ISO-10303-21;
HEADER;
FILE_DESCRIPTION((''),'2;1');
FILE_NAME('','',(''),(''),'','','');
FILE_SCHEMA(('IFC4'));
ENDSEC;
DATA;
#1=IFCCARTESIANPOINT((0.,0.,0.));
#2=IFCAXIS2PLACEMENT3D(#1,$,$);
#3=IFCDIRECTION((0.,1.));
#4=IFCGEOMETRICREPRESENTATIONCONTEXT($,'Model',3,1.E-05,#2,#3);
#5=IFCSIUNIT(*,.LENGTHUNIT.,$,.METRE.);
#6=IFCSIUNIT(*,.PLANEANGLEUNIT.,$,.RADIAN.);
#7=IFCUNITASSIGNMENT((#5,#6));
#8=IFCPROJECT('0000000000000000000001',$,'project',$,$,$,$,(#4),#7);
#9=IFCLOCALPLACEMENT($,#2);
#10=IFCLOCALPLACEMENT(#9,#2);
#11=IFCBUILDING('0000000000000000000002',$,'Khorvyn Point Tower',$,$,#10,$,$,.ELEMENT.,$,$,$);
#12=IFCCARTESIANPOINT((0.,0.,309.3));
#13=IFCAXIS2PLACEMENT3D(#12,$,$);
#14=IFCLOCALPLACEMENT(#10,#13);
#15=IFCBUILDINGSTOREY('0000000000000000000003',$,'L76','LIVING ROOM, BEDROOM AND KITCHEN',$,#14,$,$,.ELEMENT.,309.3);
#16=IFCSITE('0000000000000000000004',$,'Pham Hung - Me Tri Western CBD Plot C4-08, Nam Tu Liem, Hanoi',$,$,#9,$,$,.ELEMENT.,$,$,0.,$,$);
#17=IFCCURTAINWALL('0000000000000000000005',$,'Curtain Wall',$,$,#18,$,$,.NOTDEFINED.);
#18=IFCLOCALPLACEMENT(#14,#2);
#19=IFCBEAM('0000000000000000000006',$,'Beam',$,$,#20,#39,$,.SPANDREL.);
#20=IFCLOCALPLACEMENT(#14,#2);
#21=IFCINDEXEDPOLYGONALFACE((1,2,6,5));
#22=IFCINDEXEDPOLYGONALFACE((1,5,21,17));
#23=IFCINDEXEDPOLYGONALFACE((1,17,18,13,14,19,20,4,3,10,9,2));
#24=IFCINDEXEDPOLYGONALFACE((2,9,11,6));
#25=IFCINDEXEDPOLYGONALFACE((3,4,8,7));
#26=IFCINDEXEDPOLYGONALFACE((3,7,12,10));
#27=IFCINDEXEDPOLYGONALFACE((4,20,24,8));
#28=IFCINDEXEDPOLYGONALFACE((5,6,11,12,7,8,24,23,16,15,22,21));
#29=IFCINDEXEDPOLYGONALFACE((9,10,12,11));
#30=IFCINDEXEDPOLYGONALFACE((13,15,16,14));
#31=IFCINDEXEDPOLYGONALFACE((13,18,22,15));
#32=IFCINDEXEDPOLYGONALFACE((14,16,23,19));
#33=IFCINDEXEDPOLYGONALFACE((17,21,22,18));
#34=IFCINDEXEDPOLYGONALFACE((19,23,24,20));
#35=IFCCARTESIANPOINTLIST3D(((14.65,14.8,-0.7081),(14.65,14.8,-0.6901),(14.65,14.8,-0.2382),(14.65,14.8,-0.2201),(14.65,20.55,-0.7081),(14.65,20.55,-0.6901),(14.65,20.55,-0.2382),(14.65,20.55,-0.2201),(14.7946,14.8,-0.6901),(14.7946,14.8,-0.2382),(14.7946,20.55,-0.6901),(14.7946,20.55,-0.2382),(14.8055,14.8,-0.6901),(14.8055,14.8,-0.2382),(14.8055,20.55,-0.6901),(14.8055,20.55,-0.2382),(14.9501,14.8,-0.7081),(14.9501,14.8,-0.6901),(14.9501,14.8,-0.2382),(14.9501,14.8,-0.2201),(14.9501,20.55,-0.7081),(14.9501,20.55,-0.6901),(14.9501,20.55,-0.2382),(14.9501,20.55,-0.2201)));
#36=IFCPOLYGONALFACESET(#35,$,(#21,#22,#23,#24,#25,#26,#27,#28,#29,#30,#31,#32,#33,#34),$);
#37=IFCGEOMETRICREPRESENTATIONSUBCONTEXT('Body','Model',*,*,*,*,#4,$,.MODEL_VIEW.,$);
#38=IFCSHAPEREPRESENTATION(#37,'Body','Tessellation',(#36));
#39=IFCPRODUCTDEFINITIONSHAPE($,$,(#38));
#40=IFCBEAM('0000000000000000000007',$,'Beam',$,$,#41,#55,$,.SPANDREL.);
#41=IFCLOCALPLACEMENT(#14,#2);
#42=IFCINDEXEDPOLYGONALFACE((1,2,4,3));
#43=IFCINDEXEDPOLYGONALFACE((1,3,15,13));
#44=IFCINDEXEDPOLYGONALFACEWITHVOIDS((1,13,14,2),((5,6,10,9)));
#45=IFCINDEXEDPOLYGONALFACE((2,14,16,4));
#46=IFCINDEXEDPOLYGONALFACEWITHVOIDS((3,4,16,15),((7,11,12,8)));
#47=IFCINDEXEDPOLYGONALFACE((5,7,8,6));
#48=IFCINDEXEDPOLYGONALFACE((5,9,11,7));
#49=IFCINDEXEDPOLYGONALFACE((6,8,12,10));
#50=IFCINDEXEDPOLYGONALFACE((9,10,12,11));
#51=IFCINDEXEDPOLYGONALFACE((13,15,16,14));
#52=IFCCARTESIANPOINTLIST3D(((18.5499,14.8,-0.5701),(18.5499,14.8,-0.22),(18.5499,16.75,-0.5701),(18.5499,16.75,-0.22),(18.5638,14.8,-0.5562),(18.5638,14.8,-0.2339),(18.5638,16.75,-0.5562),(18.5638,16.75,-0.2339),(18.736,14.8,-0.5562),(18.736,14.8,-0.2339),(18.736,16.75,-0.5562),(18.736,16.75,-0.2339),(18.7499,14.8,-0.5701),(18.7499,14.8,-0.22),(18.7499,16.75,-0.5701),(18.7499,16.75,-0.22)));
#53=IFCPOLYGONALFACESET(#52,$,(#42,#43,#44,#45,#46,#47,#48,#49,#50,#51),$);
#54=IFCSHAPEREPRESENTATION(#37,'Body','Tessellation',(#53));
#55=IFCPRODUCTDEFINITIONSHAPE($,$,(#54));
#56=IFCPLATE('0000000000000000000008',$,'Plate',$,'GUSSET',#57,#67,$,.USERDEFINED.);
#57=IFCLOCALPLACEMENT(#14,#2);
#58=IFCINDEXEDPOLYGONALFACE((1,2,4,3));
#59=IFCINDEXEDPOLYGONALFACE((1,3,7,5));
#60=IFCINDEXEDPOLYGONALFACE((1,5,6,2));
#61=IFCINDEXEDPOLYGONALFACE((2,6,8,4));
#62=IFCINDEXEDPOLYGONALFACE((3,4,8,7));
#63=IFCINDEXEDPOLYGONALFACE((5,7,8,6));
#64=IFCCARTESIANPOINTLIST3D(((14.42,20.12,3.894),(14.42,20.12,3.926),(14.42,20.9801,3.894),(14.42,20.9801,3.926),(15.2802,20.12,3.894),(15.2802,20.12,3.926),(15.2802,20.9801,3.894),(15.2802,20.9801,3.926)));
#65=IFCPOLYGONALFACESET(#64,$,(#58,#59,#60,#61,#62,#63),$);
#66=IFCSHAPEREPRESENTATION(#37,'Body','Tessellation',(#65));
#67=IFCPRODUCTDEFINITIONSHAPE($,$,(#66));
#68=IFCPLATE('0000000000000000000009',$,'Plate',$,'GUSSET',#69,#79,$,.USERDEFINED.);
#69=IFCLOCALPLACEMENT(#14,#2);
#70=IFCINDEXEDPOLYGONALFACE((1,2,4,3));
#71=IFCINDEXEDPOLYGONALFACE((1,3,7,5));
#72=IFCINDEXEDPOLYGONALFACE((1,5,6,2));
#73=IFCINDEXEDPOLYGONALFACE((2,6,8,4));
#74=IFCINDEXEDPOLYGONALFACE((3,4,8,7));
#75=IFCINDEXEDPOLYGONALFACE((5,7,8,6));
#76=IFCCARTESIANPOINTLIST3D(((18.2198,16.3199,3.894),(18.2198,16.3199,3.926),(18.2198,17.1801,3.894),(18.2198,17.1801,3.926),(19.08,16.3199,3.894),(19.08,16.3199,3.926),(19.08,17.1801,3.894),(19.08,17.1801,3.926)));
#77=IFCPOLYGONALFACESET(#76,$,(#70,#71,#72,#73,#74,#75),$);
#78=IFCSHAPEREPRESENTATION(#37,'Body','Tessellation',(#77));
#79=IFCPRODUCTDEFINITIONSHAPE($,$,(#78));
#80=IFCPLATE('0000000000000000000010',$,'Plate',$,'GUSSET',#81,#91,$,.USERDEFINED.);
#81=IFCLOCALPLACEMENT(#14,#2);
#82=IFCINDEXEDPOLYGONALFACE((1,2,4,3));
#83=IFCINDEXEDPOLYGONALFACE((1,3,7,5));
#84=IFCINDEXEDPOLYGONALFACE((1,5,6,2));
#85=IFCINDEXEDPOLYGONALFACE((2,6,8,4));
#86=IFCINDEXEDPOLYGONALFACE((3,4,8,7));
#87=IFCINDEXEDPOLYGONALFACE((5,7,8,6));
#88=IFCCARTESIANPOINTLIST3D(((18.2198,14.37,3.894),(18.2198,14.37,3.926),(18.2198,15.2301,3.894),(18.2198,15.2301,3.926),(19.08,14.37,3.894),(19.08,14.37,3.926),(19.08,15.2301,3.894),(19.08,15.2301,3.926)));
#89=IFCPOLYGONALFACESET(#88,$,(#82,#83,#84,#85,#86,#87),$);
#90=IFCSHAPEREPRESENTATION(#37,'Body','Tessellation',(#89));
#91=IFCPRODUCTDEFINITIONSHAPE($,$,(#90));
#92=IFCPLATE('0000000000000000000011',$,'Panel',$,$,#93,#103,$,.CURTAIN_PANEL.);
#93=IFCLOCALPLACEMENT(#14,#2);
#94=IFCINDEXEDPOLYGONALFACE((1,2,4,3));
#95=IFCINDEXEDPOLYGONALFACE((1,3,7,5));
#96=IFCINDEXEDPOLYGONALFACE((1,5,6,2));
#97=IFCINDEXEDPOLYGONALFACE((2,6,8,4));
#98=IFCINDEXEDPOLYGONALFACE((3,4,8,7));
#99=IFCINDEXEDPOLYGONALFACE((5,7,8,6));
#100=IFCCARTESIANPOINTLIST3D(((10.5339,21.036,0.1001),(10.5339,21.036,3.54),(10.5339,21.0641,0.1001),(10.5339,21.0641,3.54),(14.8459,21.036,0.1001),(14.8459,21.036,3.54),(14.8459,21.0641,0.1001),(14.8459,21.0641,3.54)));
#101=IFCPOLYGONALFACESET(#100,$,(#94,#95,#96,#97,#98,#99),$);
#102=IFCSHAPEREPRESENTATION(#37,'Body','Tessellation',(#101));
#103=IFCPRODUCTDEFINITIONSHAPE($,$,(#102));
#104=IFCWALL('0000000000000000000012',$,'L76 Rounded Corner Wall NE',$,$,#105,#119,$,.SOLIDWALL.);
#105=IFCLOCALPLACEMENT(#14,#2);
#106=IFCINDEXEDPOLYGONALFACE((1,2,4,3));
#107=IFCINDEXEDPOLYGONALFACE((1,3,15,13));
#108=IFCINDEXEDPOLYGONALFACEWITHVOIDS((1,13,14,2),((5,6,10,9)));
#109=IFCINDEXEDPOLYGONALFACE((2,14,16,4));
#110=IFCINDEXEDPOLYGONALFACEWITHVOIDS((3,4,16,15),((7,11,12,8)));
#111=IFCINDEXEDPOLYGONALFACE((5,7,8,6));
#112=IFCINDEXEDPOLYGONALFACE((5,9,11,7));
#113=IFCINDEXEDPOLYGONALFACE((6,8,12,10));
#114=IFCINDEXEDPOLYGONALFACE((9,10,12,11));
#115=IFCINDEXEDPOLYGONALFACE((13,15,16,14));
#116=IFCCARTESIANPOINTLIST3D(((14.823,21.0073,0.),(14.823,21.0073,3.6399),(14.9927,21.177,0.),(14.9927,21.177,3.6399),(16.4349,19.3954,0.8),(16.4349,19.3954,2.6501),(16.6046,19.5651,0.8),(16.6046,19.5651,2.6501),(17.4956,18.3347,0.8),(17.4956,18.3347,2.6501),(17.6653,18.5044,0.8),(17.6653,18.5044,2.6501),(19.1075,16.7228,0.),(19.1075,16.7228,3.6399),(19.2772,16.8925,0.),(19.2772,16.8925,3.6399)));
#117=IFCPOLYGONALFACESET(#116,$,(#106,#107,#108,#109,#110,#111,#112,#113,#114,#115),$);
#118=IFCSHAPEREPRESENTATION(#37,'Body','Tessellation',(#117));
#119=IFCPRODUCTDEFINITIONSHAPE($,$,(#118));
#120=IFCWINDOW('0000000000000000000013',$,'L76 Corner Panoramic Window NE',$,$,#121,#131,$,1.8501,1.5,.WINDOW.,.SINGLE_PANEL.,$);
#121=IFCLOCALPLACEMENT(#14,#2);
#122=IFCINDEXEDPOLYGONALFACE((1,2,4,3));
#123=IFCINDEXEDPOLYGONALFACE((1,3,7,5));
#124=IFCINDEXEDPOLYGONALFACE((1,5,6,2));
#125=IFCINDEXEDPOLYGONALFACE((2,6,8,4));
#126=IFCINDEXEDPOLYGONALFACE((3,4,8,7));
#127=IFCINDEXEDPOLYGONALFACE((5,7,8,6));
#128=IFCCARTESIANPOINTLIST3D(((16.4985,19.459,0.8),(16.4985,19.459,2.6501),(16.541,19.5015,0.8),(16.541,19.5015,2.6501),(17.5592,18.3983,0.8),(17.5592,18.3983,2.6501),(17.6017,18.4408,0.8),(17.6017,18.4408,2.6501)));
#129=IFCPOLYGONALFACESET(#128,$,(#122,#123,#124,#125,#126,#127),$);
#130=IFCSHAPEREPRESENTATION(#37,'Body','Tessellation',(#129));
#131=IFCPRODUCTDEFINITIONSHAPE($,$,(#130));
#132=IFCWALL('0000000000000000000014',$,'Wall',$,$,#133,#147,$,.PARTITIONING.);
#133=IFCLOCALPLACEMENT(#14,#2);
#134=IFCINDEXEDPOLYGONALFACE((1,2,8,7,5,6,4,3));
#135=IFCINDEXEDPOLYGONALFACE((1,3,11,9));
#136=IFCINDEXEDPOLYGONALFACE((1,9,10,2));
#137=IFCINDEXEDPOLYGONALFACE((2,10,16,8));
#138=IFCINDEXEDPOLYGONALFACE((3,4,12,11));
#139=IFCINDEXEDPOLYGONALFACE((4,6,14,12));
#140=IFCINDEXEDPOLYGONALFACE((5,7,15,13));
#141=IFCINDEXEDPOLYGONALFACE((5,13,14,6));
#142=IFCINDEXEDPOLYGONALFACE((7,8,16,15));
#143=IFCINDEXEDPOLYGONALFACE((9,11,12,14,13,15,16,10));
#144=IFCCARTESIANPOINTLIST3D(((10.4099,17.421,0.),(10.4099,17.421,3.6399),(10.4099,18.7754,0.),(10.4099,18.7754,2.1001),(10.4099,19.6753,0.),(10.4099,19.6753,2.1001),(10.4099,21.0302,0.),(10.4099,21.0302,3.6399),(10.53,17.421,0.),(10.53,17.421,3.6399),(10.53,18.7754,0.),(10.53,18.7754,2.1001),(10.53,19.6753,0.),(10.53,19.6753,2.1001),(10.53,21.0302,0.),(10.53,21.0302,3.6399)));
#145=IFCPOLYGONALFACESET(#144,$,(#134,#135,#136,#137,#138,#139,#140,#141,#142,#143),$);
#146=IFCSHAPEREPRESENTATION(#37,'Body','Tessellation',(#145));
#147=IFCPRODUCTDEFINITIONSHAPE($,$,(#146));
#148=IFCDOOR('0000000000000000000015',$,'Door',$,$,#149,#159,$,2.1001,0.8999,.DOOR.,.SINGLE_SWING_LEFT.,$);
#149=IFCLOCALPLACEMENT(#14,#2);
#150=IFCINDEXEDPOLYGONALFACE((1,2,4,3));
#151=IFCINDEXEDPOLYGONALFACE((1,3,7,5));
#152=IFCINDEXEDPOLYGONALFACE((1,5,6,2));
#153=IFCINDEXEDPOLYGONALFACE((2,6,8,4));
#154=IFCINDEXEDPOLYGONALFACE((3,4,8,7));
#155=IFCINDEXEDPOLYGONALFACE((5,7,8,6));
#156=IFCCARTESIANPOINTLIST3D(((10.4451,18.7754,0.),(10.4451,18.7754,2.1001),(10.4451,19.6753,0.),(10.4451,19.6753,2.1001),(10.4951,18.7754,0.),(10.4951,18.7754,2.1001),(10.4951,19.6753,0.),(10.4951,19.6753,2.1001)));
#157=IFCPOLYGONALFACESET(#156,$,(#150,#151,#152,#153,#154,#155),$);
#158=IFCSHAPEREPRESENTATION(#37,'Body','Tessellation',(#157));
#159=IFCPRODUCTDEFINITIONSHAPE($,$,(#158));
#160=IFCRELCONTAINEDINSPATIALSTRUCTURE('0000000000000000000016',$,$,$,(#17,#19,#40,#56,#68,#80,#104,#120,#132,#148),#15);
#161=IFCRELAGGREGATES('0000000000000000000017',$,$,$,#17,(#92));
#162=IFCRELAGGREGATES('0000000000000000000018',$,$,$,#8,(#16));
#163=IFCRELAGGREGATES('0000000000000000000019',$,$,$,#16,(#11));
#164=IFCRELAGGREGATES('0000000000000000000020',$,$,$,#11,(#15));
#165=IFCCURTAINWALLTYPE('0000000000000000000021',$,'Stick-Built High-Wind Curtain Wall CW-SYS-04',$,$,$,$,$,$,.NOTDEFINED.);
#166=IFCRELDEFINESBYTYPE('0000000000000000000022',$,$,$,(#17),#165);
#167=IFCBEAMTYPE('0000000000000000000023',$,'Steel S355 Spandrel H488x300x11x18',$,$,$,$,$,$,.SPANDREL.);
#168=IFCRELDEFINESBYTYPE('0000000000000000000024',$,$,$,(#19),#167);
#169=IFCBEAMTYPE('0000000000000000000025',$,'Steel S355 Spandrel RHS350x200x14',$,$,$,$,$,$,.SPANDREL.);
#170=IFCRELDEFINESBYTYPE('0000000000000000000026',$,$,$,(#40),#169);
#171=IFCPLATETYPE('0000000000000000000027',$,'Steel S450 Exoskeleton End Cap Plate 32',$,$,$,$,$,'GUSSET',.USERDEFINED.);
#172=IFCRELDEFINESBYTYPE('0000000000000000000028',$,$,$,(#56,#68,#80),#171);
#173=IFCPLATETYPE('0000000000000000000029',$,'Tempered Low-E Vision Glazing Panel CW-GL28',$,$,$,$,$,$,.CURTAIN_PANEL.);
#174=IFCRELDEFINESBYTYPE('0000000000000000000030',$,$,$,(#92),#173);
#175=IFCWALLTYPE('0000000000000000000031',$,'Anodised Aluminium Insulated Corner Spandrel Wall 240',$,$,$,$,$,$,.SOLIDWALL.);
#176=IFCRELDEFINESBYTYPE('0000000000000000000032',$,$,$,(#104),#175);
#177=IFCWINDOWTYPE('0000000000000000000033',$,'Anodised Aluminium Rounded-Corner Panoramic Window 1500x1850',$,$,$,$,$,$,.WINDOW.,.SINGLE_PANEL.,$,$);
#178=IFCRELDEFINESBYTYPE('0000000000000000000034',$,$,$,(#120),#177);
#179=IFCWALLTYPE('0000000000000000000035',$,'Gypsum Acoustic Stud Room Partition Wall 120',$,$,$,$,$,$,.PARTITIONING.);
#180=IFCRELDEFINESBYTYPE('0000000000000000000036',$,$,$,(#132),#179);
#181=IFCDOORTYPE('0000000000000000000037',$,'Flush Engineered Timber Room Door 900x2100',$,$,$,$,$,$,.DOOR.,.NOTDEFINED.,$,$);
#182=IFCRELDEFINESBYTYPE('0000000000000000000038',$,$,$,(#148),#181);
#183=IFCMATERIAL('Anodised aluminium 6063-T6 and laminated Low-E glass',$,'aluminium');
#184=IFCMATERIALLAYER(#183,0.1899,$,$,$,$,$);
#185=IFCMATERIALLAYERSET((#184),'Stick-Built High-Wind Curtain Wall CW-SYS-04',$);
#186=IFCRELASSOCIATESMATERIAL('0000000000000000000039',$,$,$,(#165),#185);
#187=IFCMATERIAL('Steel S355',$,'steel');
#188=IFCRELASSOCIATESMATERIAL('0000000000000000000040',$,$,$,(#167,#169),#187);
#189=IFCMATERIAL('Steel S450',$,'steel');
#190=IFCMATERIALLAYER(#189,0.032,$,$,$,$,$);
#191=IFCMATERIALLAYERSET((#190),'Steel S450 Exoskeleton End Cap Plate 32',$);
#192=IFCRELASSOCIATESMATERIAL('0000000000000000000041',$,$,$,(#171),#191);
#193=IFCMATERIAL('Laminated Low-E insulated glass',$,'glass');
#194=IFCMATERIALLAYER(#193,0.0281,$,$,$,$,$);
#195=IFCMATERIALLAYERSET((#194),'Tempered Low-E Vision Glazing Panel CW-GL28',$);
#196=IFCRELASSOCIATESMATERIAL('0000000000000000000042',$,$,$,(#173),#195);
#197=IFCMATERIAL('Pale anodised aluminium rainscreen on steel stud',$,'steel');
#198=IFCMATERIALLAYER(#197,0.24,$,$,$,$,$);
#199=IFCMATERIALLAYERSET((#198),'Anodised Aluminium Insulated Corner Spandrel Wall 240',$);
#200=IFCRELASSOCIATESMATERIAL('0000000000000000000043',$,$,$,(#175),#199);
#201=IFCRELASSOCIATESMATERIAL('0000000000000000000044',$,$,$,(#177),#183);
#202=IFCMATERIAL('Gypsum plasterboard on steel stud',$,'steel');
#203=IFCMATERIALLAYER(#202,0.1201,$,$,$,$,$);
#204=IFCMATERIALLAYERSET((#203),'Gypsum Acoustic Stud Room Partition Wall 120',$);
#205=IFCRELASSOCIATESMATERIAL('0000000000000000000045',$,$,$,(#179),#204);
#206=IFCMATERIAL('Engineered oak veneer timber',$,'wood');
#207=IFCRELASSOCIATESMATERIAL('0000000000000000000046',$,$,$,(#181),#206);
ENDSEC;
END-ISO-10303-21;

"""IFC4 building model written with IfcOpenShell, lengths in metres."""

from ifc_helpers import new_model, si_unit, direction, frame, frame_2d, origin, origin_2d, place, context, subcontext, project, spatial, rectangle, hollow_rectangle, i_section, extrude, material, layer, layer_set, material_profile, profile_set, type_object, element, fill, aggregate, save


model = new_model("IFC4")

# Units and contexts
model_context = context("Model", 3, precision=1e-05, world=origin(), true_north=direction((0.0, 1.0)))
body_context = subcontext(model_context, "Body", "Model", "MODEL_VIEW")
ifc_project = project(units=[si_unit("LENGTHUNIT", "METRE"), si_unit("PLANEANGLEUNIT", "RADIAN")], contexts=[model_context])

# Site, building, storey
site_placement = place(None, origin())
site = spatial("IfcSite", under=ifc_project, at=site_placement, Name="Pham Hung - Me Tri Western CBD Plot C4-08, Nam Tu Liem, Hanoi", CompositionType="ELEMENT", RefElevation=0.0)
building_placement = place(site_placement, origin())
building = spatial("IfcBuilding", under=site, at=building_placement, Name="Khorvyn Point Tower", CompositionType="ELEMENT")
storey_placement = place(building_placement, frame((0.0, 0.0, 309.3)))
storey = spatial("IfcBuildingStorey", under=building, at=storey_placement, Name="L76", Description="LIVING ROOM, BEDROOM AND KITCHEN", CompositionType="ELEMENT", Elevation=309.3)

# Shared definitions
ifc_material_1 = material(Name="Steel S355", Category="steel")

# Curtain wall
ifc_material_2 = material(Name="Anodised aluminium 6063-T6 and laminated Low-E glass", Category="aluminium")
ifc_layer_1 = layer(ifc_material_2, 0.1899)
ifc_layer_set_1 = layer_set([ifc_layer_1], Name="Stick-Built High-Wind Curtain Wall CW-SYS-04")
curtain_wall_type = type_object("IfcCurtainWallType", Name="Stick-Built High-Wind Curtain Wall CW-SYS-04", PredefinedType="NOTDEFINED", material=ifc_layer_set_1)
curtain_wall_1_placement = place(storey_placement, origin())
curtain_wall_1 = element("IfcCurtainWall", 1, at=curtain_wall_1_placement, inside=storey, type_object=curtain_wall_type, Name="Curtain Wall", PredefinedType="NOTDEFINED")

# Beams
ifc_material_profile_1 = material_profile(ifc_material_1, i_section(OverallWidth=0.3, OverallDepth=0.488, WebThickness=0.011, FlangeThickness=0.0181, at=origin_2d()))
ifc_profile_set_1 = profile_set([ifc_material_profile_1], Name="Steel S355 H488x300x11x18")
beam_type_1 = type_object("IfcBeamType", Name="Steel S355 Spandrel H488x300x11x18", PredefinedType="SPANDREL", material=ifc_profile_set_1)
beam_1_placement = place(storey_placement, frame((14.8, 14.8, -0.4641), z_axis=(0.0, 1.0, 0.0), x_axis=(-1.0, 0.0, 0.0)))
element("IfcBeam", 2, at=beam_1_placement, inside=storey, type_object=beam_type_1, Name="Beam", PredefinedType="SPANDREL", context=body_context, shape_type="SweptSolid", body=[
    extrude(i_section(OverallWidth=0.3, OverallDepth=0.488, WebThickness=0.011, FlangeThickness=0.0181, at=origin_2d()), origin(), (0.0, 0.0, 1.0), 5.75),
])
ifc_material_profile_2 = material_profile(ifc_material_1, hollow_rectangle(XDim=0.2, YDim=0.3501, WallThickness=0.0139, at=origin_2d()))
ifc_profile_set_2 = profile_set([ifc_material_profile_2], Name="Steel S355 RHS350x200x14")
beam_type_2 = type_object("IfcBeamType", Name="Steel S355 Spandrel RHS350x200x14", PredefinedType="SPANDREL", material=ifc_profile_set_2)
beam_2_placement = place(storey_placement, frame((18.6499, 14.8, -0.395), z_axis=(0.0, 1.0, 0.0), x_axis=(-1.0, 0.0, 0.0)))
element("IfcBeam", 3, at=beam_2_placement, inside=storey, type_object=beam_type_2, Name="Beam", PredefinedType="SPANDREL", context=body_context, shape_type="SweptSolid", body=[
    extrude(hollow_rectangle(XDim=0.2, YDim=0.3501, WallThickness=0.0139, at=origin_2d()), origin(), (0.0, 0.0, 1.0), 1.95),
])

# Plates
ifc_material_3 = material(Name="Steel S450", Category="steel")
ifc_layer_2 = layer(ifc_material_3, 0.032)
ifc_layer_set_2 = layer_set([ifc_layer_2], Name="Steel S450 Exoskeleton End Cap Plate 32")
plate_type_1 = type_object("IfcPlateType", Name="Steel S450 Exoskeleton End Cap Plate 32", ElementType="GUSSET", PredefinedType="USERDEFINED", material=ifc_layer_set_2)
for number, where, z_axis, x_axis, name in (
    (4, (14.8501, 20.55, 3.894), (0.0, 0.0, 1.0), (1.0, 0.0, 0.0), "Plate"),
    (5, (18.6499, 16.75, 3.894), (0.0, 0.0, 1.0), (1.0, 0.0, 0.0), "Plate"),
    (6, (18.6499, 14.8, 3.894), (0.0, 0.0, 1.0), (1.0, 0.0, 0.0), "Plate"),
):
    element("IfcPlate", number, at=place(storey_placement, frame(where, z_axis=z_axis, x_axis=x_axis)), inside=storey, type_object=plate_type_1, Name=name, ObjectType="GUSSET", PredefinedType="USERDEFINED", context=body_context, shape_type="SweptSolid", body=[
        extrude(rectangle(XDim=0.8601, YDim=0.8601, at=origin_2d()), origin(), (0.0, 0.0, 1.0), 0.032),
    ])

# Plate
ifc_material_4 = material(Name="Laminated Low-E insulated glass", Category="glass")
ifc_layer_3 = layer(ifc_material_4, 0.0281)
ifc_layer_set_3 = layer_set([ifc_layer_3], Name="Tempered Low-E Vision Glazing Panel CW-GL28")
plate_type_2 = type_object("IfcPlateType", Name="Tempered Low-E Vision Glazing Panel CW-GL28", PredefinedType="CURTAIN_PANEL", material=ifc_layer_set_3)
plate_placement = place(storey_placement, frame((12.6899, 21.05, 0.1001), z_axis=(0.0, 0.0, 1.0), x_axis=(1.0, 0.0, 0.0)))
plate = element("IfcPlate", 7, at=plate_placement, type_object=plate_type_2, Name="Panel", PredefinedType="CURTAIN_PANEL", context=body_context, shape_type="SweptSolid", body=[
    extrude(rectangle(XDim=4.312, YDim=0.0281, at=origin_2d()), origin(), (0.0, 0.0, 1.0), 3.4399),
])
aggregate(curtain_wall_1, [plate])

# Wall, opening, window
ifc_material_5 = material(Name="Pale anodised aluminium rainscreen on steel stud", Category="steel")
ifc_layer_4 = layer(ifc_material_5, 0.24)
ifc_layer_set_4 = layer_set([ifc_layer_4], Name="Anodised Aluminium Insulated Corner Spandrel Wall 240")
wall_type_1 = type_object("IfcWallType", Name="Anodised Aluminium Insulated Corner Spandrel Wall 240", PredefinedType="SOLIDWALL", material=ifc_layer_set_4)
wall_1_placement = place(storey_placement, frame((14.9077, 21.0923, 0.0), z_axis=(0.0, 0.0, 1.0), x_axis=(0.707107, -0.707107, 0.0)))
wall_1 = element("IfcWall", 8, at=wall_1_placement, inside=storey, type_object=wall_type_1, Name="L76 Rounded Corner Wall NE", PredefinedType="SOLIDWALL", context=body_context, shape_type="SweptSolid", body=[
    extrude(rectangle(XDim=6.0593, YDim=0.24, at=frame_2d((3.0298, 0.0))), origin(), (0.0, 0.0, 1.0), 3.6399),
])
opening_1_placement = place(wall_1_placement, frame((2.2798, 0.0, 0.8)))
opening_1 = element("IfcOpeningElement", 9, at=opening_1_placement, cuts=wall_1, PredefinedType="OPENING", context=body_context, shape_type="SweptSolid", body=[
    extrude(rectangle(XDim=1.5, YDim=1.8501, at=frame_2d((0.75, 0.925))), frame((0.0, 0.1299, 0.0), z_axis=(0.0, -1.0, 0.0), x_axis=(1.0, 0.0, 0.0)), (0.0, 0.0, 1.0), 0.26),
])
window_type = type_object("IfcWindowType", Name="Anodised Aluminium Rounded-Corner Panoramic Window 1500x1850", PartitioningType="SINGLE_PANEL", PredefinedType="WINDOW", material=ifc_material_2)
window_placement = place(opening_1_placement, origin())
window = element("IfcWindow", 10, at=window_placement, inside=storey, type_object=window_type, Name="L76 Corner Panoramic Window NE", OverallHeight=1.8501, OverallWidth=1.5, PartitioningType="SINGLE_PANEL", PredefinedType="WINDOW", context=body_context, shape_type="SweptSolid", body=[
    extrude(rectangle(XDim=1.5, YDim=1.8501, at=frame_2d((0.75, 0.925))), frame((0.0, 0.03, 0.0), z_axis=(0.0, -1.0, 0.0), x_axis=(1.0, 0.0, 0.0)), (0.0, 0.0, 1.0), 0.0601),
])
fill(opening_1, window)

# Wall, opening, door
ifc_material_6 = material(Name="Gypsum plasterboard on steel stud", Category="steel")
ifc_layer_5 = layer(ifc_material_6, 0.1201)
ifc_layer_set_5 = layer_set([ifc_layer_5], Name="Gypsum Acoustic Stud Room Partition Wall 120")
wall_type_2 = type_object("IfcWallType", Name="Gypsum Acoustic Stud Room Partition Wall 120", PredefinedType="PARTITIONING", material=ifc_layer_set_5)
wall_2_placement = place(storey_placement, frame((10.47, 17.4209, 0.0), z_axis=(0.0, 0.0, 1.0), x_axis=(0.0, 1.0, 0.0)))
wall_2 = element("IfcWall", 11, at=wall_2_placement, inside=storey, type_object=wall_type_2, Name="Wall", PredefinedType="PARTITIONING", context=body_context, shape_type="SweptSolid", body=[
    extrude(rectangle(XDim=3.6091, YDim=0.1201, at=frame_2d((1.8047, 0.0))), origin(), (0.0, 0.0, 1.0), 3.6399),
])
opening_2_placement = place(wall_2_placement, frame((1.3545, 0.0, 0.0)))
opening_2 = element("IfcOpeningElement", 12, at=opening_2_placement, cuts=wall_2, PredefinedType="OPENING", context=body_context, shape_type="SweptSolid", body=[
    extrude(rectangle(XDim=0.8999, YDim=2.1001, at=frame_2d((0.45, 1.05))), frame((0.0, 0.0701, 0.0), z_axis=(0.0, -1.0, 0.0), x_axis=(1.0, 0.0, 0.0)), (0.0, 0.0, 1.0), 0.1401),
])
ifc_material_7 = material(Name="Engineered oak veneer timber", Category="wood")
door_type = type_object("IfcDoorType", Name="Flush Engineered Timber Room Door 900x2100", OperationType="NOTDEFINED", PredefinedType="DOOR", material=ifc_material_7)
door_1_placement = place(opening_2_placement, origin())
door_1 = element("IfcDoor", 13, at=door_1_placement, inside=storey, type_object=door_type, Name="Door", OperationType="SINGLE_SWING_LEFT", OverallHeight=2.1001, OverallWidth=0.8999, PredefinedType="DOOR", context=body_context, shape_type="SweptSolid", body=[
    extrude(rectangle(XDim=0.8999, YDim=2.1001, at=frame_2d((0.45, 1.05))), frame((0.0, 0.0249, 0.0), z_axis=(0.0, -1.0, 0.0), x_axis=(1.0, 0.0, 0.0)), (0.0, 0.0, 1.0), 0.05),
])
fill(opening_2, door_1)

save(model, "model.ifc")
